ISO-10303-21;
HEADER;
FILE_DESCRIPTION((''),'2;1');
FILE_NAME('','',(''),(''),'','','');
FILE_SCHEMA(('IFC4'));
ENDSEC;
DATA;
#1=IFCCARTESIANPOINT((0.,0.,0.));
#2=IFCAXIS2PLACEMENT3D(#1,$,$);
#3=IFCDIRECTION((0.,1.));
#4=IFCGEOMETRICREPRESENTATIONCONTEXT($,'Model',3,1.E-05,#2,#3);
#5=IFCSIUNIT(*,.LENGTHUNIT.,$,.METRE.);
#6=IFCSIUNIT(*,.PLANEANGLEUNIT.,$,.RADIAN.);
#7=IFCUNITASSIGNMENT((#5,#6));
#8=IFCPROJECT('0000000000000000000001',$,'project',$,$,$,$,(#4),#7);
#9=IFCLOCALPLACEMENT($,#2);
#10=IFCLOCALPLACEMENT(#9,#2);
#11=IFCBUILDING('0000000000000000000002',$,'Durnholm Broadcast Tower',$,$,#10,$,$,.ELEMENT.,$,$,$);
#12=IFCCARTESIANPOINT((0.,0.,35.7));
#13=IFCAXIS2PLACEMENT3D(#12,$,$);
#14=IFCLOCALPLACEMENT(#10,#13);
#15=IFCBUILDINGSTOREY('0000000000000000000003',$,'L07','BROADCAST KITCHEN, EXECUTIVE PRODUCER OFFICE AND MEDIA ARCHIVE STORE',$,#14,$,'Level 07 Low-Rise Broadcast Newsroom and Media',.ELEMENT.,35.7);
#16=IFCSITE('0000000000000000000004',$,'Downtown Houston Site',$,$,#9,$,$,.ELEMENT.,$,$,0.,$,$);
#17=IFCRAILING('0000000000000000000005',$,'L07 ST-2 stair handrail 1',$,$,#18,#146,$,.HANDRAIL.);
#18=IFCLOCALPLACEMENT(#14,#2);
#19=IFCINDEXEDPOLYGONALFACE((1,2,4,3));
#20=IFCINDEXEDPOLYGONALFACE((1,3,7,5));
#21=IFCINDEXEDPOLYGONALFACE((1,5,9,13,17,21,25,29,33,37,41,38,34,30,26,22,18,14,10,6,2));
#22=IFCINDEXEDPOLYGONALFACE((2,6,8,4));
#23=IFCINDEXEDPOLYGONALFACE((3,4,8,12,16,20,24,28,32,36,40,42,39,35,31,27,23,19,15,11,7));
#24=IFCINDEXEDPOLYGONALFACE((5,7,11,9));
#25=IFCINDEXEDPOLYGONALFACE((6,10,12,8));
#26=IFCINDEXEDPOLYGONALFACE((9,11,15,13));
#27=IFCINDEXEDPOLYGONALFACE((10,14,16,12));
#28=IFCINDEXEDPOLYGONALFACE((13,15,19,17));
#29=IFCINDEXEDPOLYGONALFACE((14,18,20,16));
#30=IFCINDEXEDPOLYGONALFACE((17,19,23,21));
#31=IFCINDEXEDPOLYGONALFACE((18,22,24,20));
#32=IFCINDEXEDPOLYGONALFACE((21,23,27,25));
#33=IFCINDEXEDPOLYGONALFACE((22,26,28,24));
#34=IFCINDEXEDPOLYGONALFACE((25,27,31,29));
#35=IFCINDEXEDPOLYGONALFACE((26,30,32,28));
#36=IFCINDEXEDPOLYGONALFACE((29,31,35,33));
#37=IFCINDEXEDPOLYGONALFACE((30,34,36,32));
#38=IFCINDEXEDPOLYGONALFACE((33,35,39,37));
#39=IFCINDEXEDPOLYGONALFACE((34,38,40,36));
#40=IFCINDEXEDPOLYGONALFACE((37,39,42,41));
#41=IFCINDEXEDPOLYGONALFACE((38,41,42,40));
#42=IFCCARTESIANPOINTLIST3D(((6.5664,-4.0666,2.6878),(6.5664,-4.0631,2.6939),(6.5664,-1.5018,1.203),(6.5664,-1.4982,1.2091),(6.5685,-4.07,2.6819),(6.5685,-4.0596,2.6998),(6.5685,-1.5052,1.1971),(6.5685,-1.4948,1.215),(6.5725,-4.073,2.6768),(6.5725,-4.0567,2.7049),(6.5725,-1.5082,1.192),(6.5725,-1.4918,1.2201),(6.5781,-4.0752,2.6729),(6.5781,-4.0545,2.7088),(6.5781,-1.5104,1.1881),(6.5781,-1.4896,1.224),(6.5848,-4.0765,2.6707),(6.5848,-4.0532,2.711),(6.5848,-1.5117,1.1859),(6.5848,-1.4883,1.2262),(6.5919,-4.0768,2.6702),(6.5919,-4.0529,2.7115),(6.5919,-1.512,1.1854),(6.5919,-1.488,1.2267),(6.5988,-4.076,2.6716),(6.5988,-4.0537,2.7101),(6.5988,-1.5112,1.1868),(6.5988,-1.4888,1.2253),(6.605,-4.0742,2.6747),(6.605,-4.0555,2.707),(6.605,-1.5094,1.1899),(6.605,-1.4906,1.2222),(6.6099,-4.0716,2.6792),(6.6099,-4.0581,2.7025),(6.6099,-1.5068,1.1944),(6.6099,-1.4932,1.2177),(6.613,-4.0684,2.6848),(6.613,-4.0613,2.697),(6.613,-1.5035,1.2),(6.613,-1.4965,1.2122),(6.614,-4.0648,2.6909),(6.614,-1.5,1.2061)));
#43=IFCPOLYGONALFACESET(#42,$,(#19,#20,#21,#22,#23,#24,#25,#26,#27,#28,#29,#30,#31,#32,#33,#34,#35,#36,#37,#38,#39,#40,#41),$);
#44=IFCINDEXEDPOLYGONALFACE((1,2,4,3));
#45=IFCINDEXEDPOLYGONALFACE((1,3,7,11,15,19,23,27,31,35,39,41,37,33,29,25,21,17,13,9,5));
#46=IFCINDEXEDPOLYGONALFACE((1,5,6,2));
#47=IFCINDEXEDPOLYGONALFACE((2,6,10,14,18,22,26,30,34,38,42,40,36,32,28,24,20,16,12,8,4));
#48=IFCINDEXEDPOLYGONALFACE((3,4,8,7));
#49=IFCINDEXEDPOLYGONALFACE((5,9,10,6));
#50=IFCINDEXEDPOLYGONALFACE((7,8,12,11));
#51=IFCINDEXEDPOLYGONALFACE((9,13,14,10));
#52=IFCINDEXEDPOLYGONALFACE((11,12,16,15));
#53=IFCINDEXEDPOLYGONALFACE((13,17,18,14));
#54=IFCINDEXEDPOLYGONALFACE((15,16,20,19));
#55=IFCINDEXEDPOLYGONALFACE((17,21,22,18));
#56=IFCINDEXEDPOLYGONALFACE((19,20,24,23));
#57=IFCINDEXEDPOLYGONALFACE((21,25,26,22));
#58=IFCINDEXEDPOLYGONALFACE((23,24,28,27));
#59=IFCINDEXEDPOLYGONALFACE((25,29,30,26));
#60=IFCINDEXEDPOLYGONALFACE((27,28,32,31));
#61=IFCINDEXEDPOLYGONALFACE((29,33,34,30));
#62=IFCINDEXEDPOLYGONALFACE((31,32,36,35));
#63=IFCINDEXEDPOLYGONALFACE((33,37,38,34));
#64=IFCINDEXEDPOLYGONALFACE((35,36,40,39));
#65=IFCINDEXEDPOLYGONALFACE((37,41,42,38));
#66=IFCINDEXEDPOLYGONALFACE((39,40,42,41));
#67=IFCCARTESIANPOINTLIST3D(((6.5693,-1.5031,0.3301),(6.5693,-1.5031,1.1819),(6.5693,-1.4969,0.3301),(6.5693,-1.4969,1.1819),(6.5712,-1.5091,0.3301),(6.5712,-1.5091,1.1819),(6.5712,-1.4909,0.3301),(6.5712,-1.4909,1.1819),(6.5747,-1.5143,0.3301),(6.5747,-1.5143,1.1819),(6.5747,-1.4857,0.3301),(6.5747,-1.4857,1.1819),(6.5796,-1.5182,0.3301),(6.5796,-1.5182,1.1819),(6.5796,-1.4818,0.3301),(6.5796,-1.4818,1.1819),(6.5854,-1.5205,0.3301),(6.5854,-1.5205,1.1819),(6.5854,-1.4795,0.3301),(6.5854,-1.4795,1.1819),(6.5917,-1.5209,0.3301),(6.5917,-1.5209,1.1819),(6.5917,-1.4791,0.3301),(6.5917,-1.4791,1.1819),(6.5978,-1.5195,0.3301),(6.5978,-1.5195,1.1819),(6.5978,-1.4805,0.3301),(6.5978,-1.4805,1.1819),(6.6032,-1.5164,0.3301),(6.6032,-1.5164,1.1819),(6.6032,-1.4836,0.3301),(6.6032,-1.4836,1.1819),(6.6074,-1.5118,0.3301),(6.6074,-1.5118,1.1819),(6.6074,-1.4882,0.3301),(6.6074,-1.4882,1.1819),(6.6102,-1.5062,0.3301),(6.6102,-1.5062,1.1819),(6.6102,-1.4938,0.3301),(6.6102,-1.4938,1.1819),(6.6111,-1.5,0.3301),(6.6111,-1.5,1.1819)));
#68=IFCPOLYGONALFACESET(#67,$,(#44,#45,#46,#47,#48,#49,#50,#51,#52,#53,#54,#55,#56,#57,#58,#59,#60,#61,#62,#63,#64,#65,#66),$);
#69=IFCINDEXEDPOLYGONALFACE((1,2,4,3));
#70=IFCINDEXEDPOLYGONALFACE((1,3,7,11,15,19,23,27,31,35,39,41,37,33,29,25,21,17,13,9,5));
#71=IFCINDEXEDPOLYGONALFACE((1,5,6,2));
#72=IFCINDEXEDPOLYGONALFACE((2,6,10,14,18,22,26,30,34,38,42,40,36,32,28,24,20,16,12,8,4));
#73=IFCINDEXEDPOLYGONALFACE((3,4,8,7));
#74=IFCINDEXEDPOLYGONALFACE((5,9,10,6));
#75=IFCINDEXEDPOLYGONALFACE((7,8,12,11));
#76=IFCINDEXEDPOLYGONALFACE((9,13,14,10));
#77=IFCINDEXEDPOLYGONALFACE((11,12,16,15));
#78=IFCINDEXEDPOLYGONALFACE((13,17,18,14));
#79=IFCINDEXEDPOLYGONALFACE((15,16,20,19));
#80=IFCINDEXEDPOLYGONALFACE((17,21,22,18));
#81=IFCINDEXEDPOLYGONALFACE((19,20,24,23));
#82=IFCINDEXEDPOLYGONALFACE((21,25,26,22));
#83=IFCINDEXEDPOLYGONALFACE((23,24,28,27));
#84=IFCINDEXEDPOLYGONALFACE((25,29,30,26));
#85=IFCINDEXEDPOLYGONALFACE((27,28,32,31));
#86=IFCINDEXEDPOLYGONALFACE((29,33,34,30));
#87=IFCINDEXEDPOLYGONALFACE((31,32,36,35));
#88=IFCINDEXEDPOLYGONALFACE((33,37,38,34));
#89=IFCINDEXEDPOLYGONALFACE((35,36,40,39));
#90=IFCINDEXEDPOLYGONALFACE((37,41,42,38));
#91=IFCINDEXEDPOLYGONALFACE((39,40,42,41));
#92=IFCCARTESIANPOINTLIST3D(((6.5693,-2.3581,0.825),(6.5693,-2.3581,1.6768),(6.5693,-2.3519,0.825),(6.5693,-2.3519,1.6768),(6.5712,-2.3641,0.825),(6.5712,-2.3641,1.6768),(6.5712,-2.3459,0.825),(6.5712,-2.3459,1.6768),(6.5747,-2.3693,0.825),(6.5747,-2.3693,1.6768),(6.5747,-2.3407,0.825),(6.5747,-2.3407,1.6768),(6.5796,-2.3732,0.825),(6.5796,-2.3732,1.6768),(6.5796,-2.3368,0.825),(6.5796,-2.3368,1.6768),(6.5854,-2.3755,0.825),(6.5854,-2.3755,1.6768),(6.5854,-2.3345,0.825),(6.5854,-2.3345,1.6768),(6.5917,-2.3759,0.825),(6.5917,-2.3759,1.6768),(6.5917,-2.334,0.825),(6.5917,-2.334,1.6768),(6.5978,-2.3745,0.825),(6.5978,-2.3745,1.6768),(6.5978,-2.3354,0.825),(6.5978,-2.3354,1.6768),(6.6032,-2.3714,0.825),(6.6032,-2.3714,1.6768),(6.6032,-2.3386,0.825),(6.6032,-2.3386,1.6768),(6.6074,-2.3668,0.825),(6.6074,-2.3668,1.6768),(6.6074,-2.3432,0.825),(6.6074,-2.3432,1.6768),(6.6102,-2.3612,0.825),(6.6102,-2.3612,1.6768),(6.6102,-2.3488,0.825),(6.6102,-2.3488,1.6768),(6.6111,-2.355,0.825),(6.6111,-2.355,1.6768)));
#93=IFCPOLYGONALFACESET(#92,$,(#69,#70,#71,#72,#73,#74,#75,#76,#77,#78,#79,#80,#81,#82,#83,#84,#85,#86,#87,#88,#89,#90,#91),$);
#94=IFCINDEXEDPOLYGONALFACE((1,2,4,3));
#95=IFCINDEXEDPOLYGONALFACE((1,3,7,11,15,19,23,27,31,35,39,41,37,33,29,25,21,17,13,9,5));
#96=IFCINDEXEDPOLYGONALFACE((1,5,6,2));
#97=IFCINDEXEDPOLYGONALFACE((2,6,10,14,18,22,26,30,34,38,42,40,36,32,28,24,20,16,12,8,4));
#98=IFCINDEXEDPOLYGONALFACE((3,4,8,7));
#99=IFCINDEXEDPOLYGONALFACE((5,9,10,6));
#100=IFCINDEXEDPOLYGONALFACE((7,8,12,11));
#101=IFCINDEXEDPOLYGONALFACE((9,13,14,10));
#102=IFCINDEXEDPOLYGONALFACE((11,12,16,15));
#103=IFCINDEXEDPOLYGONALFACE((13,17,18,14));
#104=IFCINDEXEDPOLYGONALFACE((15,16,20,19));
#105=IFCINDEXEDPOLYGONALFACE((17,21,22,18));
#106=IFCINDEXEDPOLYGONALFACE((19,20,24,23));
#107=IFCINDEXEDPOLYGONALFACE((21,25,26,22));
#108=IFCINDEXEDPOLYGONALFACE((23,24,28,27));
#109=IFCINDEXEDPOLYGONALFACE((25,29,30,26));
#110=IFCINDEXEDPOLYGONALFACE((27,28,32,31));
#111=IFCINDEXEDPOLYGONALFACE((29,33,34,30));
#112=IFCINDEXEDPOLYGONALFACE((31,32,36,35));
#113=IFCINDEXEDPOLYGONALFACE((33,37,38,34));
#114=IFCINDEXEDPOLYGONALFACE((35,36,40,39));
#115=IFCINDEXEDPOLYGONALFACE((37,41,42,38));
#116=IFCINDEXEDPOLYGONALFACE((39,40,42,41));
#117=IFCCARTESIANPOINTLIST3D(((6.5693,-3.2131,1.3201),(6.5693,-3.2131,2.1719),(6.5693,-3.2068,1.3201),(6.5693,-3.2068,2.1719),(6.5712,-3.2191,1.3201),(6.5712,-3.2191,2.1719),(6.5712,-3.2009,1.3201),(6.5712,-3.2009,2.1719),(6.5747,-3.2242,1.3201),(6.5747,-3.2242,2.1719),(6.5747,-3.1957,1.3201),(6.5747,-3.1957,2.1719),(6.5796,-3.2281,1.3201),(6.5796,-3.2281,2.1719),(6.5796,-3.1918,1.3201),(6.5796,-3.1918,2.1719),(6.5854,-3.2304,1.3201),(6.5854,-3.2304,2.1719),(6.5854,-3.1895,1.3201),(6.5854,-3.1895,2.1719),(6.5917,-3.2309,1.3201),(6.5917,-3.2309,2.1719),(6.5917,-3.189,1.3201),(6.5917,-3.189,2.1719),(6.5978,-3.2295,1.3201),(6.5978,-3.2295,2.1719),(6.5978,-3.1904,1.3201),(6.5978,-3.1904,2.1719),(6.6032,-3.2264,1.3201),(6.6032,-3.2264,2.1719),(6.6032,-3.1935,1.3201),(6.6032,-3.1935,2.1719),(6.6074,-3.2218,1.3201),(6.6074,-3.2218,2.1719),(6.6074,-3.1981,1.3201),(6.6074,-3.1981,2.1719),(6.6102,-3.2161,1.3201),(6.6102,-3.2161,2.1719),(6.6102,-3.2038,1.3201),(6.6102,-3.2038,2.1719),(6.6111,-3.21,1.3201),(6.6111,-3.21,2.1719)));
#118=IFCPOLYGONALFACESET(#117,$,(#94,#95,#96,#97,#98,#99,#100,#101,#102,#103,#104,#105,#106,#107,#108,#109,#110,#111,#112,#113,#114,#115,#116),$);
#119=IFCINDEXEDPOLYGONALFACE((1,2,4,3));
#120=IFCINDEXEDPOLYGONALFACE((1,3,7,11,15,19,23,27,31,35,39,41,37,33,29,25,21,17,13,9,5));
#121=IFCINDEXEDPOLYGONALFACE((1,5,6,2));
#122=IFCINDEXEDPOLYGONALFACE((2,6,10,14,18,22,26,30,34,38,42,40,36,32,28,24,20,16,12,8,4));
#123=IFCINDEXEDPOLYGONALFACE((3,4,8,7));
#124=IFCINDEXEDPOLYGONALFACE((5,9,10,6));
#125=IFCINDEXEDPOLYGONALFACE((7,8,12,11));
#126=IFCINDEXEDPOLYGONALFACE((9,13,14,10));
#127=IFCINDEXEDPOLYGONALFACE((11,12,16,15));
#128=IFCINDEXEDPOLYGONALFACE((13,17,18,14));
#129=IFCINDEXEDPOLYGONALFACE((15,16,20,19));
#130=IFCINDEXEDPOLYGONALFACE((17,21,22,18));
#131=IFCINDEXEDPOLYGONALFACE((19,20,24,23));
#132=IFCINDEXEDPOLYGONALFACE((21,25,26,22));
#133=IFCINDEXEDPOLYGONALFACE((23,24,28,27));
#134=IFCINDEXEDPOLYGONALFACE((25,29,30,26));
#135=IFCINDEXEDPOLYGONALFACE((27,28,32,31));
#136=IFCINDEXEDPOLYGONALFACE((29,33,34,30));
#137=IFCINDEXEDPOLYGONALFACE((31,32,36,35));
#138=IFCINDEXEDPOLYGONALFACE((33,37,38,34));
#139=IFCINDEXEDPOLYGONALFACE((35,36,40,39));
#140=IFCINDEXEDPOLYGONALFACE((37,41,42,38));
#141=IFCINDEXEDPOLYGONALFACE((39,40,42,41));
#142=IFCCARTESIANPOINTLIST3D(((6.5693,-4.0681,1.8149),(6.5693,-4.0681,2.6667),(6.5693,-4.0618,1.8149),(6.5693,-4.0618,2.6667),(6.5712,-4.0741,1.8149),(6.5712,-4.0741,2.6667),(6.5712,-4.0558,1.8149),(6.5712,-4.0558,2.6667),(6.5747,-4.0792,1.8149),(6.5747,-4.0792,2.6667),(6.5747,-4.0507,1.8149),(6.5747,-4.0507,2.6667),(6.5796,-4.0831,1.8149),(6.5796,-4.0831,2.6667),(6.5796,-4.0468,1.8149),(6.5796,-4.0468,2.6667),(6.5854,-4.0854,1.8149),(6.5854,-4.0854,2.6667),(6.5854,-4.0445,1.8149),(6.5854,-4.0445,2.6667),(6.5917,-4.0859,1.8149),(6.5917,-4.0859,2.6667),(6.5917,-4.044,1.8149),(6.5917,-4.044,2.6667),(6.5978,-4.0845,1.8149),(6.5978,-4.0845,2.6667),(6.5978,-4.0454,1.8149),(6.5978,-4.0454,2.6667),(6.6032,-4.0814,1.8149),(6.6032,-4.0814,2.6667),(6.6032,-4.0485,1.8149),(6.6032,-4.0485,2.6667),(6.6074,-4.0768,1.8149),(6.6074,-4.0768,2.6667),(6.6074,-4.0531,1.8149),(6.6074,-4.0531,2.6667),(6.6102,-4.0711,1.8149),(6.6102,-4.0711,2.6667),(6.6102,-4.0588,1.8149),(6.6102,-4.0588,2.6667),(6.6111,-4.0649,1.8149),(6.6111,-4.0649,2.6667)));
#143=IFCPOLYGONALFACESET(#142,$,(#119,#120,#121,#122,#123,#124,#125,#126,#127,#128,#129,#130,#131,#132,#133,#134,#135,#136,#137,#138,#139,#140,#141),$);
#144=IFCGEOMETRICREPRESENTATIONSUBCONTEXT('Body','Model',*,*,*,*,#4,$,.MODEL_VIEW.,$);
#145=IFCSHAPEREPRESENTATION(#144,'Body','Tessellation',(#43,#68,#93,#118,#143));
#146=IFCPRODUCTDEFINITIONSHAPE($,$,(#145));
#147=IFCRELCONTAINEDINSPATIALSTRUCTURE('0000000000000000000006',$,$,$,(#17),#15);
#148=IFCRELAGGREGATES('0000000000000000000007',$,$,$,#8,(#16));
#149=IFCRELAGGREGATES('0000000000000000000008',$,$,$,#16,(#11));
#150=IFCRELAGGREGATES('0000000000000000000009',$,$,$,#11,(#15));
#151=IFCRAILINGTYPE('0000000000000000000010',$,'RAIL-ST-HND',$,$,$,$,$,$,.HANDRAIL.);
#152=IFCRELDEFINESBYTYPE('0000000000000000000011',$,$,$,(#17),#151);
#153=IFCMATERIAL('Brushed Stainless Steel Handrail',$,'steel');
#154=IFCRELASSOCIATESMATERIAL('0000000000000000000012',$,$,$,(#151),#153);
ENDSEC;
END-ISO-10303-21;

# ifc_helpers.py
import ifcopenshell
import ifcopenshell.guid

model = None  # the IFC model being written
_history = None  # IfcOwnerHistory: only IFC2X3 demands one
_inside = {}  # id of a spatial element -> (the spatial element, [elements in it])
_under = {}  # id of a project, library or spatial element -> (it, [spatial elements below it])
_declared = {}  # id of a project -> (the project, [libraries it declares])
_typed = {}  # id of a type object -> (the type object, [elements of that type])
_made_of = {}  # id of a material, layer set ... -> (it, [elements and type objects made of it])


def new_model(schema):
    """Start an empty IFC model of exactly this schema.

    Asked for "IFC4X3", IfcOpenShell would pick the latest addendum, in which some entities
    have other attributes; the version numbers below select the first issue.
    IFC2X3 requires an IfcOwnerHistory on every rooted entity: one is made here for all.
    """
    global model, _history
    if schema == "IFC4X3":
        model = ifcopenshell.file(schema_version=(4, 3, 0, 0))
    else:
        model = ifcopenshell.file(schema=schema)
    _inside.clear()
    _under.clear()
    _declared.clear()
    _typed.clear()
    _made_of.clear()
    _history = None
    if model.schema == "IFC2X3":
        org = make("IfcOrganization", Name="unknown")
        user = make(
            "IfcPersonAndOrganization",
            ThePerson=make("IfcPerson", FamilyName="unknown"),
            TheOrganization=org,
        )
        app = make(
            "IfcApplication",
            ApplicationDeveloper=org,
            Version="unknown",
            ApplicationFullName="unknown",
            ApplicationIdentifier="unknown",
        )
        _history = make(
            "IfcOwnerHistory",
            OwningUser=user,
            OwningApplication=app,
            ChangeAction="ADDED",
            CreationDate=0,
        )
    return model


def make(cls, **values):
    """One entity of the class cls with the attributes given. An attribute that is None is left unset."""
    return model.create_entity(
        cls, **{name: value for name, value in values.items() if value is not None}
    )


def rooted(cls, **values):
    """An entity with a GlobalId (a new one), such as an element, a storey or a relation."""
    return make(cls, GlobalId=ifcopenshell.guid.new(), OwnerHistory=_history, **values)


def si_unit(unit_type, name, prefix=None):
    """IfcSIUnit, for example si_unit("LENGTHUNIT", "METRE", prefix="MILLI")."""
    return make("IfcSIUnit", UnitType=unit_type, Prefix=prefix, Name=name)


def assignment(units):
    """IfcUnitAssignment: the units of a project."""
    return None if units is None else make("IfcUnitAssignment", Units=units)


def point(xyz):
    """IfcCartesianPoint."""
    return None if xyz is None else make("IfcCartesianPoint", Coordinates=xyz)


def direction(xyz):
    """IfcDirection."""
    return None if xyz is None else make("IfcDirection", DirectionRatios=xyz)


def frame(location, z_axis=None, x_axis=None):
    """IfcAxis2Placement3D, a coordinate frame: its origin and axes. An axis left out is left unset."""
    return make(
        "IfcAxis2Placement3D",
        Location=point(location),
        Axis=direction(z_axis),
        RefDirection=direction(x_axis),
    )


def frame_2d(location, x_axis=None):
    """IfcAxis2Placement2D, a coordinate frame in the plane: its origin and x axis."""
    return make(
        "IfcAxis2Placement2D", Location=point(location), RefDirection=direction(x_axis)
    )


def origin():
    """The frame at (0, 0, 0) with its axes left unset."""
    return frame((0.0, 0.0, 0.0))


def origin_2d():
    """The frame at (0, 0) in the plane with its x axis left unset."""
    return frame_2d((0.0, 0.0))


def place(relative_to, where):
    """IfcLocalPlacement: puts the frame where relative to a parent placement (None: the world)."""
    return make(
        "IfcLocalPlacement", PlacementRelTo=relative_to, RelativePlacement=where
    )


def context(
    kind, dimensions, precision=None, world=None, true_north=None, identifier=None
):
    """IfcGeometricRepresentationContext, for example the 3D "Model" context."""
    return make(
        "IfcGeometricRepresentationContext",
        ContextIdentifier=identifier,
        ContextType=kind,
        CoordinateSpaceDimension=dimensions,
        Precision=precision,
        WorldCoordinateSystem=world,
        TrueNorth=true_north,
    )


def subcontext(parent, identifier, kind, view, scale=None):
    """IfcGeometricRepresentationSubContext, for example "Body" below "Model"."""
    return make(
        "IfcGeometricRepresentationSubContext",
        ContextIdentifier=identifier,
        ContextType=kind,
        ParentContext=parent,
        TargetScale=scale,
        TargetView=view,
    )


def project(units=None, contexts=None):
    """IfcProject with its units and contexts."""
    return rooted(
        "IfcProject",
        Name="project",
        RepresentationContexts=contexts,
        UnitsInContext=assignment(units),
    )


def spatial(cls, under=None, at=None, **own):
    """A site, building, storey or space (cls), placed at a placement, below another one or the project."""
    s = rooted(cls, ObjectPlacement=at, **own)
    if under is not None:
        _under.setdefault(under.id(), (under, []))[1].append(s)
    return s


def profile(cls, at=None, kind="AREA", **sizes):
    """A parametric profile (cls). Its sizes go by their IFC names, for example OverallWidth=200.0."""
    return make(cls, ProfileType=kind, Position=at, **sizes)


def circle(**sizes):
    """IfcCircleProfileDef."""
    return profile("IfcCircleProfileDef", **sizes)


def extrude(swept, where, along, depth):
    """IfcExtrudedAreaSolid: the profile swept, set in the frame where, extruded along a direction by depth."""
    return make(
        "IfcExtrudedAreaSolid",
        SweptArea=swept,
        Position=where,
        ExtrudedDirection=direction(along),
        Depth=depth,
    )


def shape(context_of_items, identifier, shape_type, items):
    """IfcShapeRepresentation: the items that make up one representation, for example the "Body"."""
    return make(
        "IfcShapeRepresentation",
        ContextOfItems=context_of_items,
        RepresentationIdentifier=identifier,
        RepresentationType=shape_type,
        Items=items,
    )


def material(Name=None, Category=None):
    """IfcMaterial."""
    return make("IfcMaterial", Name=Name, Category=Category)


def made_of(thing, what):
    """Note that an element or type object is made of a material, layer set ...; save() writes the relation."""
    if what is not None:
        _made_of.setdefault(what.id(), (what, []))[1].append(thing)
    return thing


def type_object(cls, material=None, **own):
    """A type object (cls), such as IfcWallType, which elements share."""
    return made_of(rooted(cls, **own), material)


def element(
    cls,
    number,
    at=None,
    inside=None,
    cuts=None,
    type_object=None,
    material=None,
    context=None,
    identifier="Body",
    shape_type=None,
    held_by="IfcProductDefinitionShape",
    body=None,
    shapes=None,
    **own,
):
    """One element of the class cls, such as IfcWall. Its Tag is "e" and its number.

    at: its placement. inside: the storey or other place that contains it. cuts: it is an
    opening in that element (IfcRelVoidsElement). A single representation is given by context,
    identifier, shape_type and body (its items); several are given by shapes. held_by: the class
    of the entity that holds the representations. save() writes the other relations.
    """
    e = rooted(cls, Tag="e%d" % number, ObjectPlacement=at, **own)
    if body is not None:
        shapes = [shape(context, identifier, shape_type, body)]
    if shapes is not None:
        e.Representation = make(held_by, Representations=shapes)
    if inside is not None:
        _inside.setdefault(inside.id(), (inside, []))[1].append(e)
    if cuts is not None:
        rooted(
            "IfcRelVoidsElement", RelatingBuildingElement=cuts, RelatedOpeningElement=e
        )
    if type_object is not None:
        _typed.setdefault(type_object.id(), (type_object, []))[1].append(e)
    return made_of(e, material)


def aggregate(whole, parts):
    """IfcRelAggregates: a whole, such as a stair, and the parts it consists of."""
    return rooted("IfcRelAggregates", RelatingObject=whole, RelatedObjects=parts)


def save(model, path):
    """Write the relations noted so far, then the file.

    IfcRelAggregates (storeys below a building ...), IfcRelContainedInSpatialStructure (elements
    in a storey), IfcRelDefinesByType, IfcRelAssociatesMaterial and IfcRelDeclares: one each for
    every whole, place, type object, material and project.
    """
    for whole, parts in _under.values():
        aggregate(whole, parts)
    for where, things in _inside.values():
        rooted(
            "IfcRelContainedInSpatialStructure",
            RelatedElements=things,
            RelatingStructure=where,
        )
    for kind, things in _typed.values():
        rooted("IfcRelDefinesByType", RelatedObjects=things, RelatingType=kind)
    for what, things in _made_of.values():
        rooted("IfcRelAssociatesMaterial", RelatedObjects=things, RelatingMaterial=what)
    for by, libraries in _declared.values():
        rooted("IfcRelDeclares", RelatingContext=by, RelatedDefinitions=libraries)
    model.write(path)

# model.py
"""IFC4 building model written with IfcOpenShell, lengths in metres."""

from ifc_helpers import new_model, si_unit, direction, frame, origin, origin_2d, place, context, subcontext, project, spatial, circle, extrude, material, type_object, element, save


model = new_model("IFC4")

# Units and contexts
model_context = context("Model", 3, precision=1e-05, world=origin(), true_north=direction((0.0, 1.0)))
body_context = subcontext(model_context, "Body", "Model", "MODEL_VIEW")
ifc_project = project(units=[si_unit("LENGTHUNIT", "METRE"), si_unit("PLANEANGLEUNIT", "RADIAN")], contexts=[model_context])

# Site, building, storey
site_placement = place(None, origin())
site = spatial("IfcSite", under=ifc_project, at=site_placement, Name="Downtown Houston Site", CompositionType="ELEMENT", RefElevation=0.0)
building_placement = place(site_placement, origin())
building = spatial("IfcBuilding", under=site, at=building_placement, Name="Durnholm Broadcast Tower", CompositionType="ELEMENT")
storey_placement = place(building_placement, frame((0.0, 0.0, 35.7)))
storey = spatial("IfcBuildingStorey", under=building, at=storey_placement, Name="L07", Description="BROADCAST KITCHEN, EXECUTIVE PRODUCER OFFICE AND MEDIA ARCHIVE STORE", LongName="Level 07 Low-Rise Broadcast Newsroom and Media", CompositionType="ELEMENT", Elevation=35.7)

# Railing
ifc_material_1 = material(Name="Brushed Stainless Steel Handrail", Category="steel")
railing_type_1 = type_object("IfcRailingType", Name="RAIL-ST-HND", PredefinedType="HANDRAIL", material=ifc_material_1)
railing_1_placement = place(storey_placement, frame((6.5901, -1.5, 0.3301)))
element("IfcRailing", 1, at=railing_1_placement, inside=storey, type_object=railing_type_1, Name="L07 ST-2 stair handrail 1", PredefinedType="HANDRAIL", context=body_context, shape_type="SweptSolid", body=[
    extrude(circle(Radius=0.0239, at=origin_2d()), frame((0.0, 0.0, 0.876), z_axis=(0.0, -0.865441, 0.50101), x_axis=(1.0, 0.0, 0.0)), (0.0, 0.0, 1.0), 2.9636),
    extrude(circle(Radius=0.021, at=origin_2d()), origin(), (0.0, 0.0, 1.0), 0.8518),
    extrude(circle(Radius=0.021, at=origin_2d()), frame((0.0, -0.855, 0.4949)), (0.0, 0.0, 1.0), 0.8518),
    extrude(circle(Radius=0.021, at=origin_2d()), frame((0.0, -1.71, 0.99)), (0.0, 0.0, 1.0), 0.8518),
    extrude(circle(Radius=0.021, at=origin_2d()), frame((0.0, -2.5649, 1.4849)), (0.0, 0.0, 1.0), 0.8518),
])

save(model, "model.ifc")
